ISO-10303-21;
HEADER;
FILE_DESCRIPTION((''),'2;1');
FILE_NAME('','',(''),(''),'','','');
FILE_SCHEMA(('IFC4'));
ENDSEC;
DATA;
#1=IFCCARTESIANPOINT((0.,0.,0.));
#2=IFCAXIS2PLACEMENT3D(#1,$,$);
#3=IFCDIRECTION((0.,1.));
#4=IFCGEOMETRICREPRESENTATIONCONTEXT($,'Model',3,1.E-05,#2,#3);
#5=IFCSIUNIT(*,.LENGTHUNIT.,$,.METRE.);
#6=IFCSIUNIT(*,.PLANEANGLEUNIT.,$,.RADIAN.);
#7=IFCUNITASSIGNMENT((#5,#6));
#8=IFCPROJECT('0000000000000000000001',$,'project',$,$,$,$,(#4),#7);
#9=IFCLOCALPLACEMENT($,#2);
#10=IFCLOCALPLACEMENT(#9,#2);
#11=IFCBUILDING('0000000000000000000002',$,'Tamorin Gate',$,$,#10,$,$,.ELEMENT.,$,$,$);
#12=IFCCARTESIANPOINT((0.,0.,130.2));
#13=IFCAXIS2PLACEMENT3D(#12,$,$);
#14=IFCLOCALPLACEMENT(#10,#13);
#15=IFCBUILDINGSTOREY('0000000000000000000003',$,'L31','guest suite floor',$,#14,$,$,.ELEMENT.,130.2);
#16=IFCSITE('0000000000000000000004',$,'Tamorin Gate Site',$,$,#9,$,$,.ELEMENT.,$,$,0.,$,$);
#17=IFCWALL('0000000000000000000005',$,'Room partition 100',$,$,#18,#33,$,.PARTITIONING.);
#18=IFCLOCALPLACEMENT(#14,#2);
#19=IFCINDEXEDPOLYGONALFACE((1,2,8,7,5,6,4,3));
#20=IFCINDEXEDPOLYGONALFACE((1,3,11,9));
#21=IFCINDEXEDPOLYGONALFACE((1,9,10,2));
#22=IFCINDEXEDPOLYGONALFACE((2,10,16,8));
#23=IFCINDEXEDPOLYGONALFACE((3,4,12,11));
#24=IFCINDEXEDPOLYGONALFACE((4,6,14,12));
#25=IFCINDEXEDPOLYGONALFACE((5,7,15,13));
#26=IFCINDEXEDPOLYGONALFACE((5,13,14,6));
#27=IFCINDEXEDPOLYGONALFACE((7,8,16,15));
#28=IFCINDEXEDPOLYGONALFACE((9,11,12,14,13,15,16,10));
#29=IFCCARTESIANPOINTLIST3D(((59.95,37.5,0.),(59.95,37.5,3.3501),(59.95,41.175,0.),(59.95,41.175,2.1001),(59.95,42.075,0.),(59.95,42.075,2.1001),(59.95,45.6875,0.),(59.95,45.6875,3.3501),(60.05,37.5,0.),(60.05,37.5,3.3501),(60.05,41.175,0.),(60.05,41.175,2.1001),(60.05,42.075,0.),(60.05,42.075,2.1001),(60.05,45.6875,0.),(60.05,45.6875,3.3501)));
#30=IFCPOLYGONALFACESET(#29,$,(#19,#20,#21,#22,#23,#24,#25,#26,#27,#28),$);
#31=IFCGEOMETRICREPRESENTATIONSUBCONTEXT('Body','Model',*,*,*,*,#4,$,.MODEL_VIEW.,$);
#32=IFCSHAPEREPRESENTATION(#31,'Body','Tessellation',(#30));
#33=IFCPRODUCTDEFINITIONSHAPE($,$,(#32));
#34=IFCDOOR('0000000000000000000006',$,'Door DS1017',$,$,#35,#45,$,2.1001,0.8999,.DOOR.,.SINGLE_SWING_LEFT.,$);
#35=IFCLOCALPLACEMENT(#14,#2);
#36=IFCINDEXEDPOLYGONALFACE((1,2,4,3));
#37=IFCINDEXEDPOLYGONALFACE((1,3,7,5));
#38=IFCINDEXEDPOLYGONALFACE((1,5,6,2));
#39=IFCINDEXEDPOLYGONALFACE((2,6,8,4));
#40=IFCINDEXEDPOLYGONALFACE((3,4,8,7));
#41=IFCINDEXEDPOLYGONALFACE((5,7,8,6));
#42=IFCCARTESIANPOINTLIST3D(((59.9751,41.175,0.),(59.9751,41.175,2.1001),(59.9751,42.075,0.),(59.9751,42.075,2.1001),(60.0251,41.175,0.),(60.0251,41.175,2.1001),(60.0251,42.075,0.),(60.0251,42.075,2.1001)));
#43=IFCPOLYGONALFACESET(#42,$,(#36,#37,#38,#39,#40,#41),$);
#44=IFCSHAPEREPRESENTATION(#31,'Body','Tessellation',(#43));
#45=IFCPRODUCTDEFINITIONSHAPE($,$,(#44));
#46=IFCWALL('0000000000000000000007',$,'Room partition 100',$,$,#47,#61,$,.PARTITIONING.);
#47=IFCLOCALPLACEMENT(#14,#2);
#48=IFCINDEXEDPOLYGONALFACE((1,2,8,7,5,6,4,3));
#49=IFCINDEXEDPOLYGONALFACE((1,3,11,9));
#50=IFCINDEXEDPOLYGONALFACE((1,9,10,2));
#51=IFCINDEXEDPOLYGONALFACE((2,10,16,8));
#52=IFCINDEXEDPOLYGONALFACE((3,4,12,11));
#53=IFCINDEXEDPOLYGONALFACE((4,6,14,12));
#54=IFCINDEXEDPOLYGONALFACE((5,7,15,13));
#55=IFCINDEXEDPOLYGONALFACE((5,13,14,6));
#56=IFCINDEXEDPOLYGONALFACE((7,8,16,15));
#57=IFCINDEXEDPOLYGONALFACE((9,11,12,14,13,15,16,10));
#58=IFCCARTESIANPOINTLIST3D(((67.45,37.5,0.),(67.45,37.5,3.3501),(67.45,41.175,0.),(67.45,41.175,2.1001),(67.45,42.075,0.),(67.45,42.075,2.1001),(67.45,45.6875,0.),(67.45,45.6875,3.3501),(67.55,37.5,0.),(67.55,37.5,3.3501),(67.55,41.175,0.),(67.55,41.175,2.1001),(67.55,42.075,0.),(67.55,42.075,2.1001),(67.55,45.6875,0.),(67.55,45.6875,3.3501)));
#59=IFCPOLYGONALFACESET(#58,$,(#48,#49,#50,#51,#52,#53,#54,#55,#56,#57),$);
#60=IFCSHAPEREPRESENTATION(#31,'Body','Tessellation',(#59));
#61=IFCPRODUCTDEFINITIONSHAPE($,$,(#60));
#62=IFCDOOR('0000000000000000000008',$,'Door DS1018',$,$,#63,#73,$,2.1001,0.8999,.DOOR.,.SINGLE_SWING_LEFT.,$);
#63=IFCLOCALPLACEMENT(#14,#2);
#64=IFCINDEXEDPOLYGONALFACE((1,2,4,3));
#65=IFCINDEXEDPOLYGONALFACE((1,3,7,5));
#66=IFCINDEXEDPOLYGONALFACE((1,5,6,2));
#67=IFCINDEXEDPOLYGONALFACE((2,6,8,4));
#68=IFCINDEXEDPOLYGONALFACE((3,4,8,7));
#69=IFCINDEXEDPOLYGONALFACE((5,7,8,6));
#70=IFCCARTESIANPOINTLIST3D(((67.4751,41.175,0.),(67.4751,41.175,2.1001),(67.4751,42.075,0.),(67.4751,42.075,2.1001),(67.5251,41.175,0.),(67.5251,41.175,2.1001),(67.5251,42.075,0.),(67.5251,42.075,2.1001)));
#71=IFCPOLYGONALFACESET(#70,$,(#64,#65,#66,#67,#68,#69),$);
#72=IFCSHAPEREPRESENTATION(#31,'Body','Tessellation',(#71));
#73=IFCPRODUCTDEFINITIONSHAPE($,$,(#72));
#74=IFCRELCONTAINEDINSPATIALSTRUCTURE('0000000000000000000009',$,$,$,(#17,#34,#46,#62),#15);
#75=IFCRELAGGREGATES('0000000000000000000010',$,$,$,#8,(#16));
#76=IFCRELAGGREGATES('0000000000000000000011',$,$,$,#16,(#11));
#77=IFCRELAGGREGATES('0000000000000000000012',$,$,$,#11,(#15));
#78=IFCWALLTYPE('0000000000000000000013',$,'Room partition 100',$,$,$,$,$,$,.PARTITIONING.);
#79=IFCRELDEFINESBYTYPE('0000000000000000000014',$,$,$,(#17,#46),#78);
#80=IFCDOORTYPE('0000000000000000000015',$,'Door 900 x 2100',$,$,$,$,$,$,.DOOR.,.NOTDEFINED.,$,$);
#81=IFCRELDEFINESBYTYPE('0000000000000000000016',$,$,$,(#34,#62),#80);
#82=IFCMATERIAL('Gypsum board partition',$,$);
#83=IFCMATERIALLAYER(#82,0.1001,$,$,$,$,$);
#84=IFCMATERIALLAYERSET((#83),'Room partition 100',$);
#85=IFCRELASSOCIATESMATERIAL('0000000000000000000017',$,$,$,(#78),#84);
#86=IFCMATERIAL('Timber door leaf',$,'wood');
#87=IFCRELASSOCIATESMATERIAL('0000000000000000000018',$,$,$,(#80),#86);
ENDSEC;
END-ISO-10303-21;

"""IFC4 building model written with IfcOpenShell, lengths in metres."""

from ifc_helpers import new_model, si_unit, direction, frame, frame_2d, origin, place, context, subcontext, project, spatial, rectangle, extrude, material, layer, layer_set, type_object, element, fill, save


model = new_model("IFC4")

# Units and contexts
model_context = context("Model", 3, precision=1e-05, world=origin(), true_north=direction((0.0, 1.0)))
body_context = subcontext(model_context, "Body", "Model", "MODEL_VIEW")
ifc_project = project(units=[si_unit("LENGTHUNIT", "METRE"), si_unit("PLANEANGLEUNIT", "RADIAN")], contexts=[model_context])

# Site, building, storey
site_placement = place(None, origin())
site = spatial("IfcSite", under=ifc_project, at=site_placement, Name="Tamorin Gate Site", CompositionType="ELEMENT", RefElevation=0.0)
building_placement = place(site_placement, origin())
building = spatial("IfcBuilding", under=site, at=building_placement, Name="Tamorin Gate", CompositionType="ELEMENT")
storey_placement = place(building_placement, frame((0.0, 0.0, 130.2)))
storey = spatial("IfcBuildingStorey", under=building, at=storey_placement, Name="L31", Description="guest suite floor", CompositionType="ELEMENT", Elevation=130.2)

# Shared definitions
ifc_material_1 = material(Name="Gypsum board partition")

# Walls, openings, doors
ifc_layer_1 = layer(ifc_material_1, 0.1001)
ifc_layer_set_1 = layer_set([ifc_layer_1], Name="Room partition 100")
wall_type_1 = type_object("IfcWallType", Name="Room partition 100", PredefinedType="PARTITIONING", material=ifc_layer_set_1)
wall_1_placement = place(storey_placement, frame((60.0, 37.5, 0.0), z_axis=(0.0, 0.0, 1.0), x_axis=(0.0, 1.0, 0.0)))
wall_1 = element("IfcWall", 1, at=wall_1_placement, inside=storey, type_object=wall_type_1, Name="Room partition 100", PredefinedType="PARTITIONING", context=body_context, shape_type="SweptSolid", body=[
    extrude(rectangle(XDim=8.1875, YDim=0.1001, at=frame_2d((4.0938, 0.0))), origin(), (0.0, 0.0, 1.0), 3.3501),
])
opening_1_placement = place(wall_1_placement, frame((3.675, 0.0, 0.0)))
opening_1 = element("IfcOpeningElement", 2, at=opening_1_placement, cuts=wall_1, PredefinedType="OPENING", context=body_context, shape_type="SweptSolid", body=[
    extrude(rectangle(XDim=0.8999, YDim=2.1001, at=frame_2d((0.45, 1.05))), frame((0.0, 0.0601, 0.0), z_axis=(0.0, -1.0, 0.0), x_axis=(1.0, 0.0, 0.0)), (0.0, 0.0, 1.0), 0.1201),
])
ifc_material_2 = material(Name="Timber door leaf", Category="wood")
door_type = type_object("IfcDoorType", Name="Door 900 x 2100", OperationType="NOTDEFINED", PredefinedType="DOOR", material=ifc_material_2)
door_1_placement = place(opening_1_placement, origin())
door_1 = element("IfcDoor", 3, at=door_1_placement, inside=storey, type_object=door_type, Name="Door DS1017", OperationType="SINGLE_SWING_LEFT", OverallHeight=2.1001, OverallWidth=0.8999, PredefinedType="DOOR", context=body_context, shape_type="SweptSolid", body=[
    extrude(rectangle(XDim=0.8999, YDim=2.1001, at=frame_2d((0.45, 1.05))), frame((0.0, 0.0249, 0.0), z_axis=(0.0, -1.0, 0.0), x_axis=(1.0, 0.0, 0.0)), (0.0, 0.0, 1.0), 0.05),
])
fill(opening_1, door_1)
wall_2_placement = place(storey_placement, frame((67.5, 37.5, 0.0), z_axis=(0.0, 0.0, 1.0), x_axis=(0.0, 1.0, 0.0)))
wall_2 = element("IfcWall", 4, at=wall_2_placement, inside=storey, type_object=wall_type_1, Name="Room partition 100", PredefinedType="PARTITIONING", context=body_context, shape_type="SweptSolid", body=[
    extrude(rectangle(XDim=8.1875, YDim=0.1001, at=frame_2d((4.0938, 0.0))), origin(), (0.0, 0.0, 1.0), 3.3501),
])
opening_2_placement = place(wall_2_placement, frame((3.675, 0.0, 0.0)))
opening_2 = element("IfcOpeningElement", 5, at=opening_2_placement, cuts=wall_2, PredefinedType="OPENING", context=body_context, shape_type="SweptSolid", body=[
    extrude(rectangle(XDim=0.8999, YDim=2.1001, at=frame_2d((0.45, 1.05))), frame((0.0, 0.0601, 0.0), z_axis=(0.0, -1.0, 0.0), x_axis=(1.0, 0.0, 0.0)), (0.0, 0.0, 1.0), 0.1201),
])
door_2_placement = place(opening_2_placement, origin())
door_2 = element("IfcDoor", 6, at=door_2_placement, inside=storey, type_object=door_type, Name="Door DS1018", OperationType="SINGLE_SWING_LEFT", OverallHeight=2.1001, OverallWidth=0.8999, PredefinedType="DOOR", context=body_context, shape_type="SweptSolid", body=[
    extrude(rectangle(XDim=0.8999, YDim=2.1001, at=frame_2d((0.45, 1.05))), frame((0.0, 0.0249, 0.0), z_axis=(0.0, -1.0, 0.0), x_axis=(1.0, 0.0, 0.0)), (0.0, 0.0, 1.0), 0.05),
])
fill(opening_2, door_2)

save(model, "model.ifc")
